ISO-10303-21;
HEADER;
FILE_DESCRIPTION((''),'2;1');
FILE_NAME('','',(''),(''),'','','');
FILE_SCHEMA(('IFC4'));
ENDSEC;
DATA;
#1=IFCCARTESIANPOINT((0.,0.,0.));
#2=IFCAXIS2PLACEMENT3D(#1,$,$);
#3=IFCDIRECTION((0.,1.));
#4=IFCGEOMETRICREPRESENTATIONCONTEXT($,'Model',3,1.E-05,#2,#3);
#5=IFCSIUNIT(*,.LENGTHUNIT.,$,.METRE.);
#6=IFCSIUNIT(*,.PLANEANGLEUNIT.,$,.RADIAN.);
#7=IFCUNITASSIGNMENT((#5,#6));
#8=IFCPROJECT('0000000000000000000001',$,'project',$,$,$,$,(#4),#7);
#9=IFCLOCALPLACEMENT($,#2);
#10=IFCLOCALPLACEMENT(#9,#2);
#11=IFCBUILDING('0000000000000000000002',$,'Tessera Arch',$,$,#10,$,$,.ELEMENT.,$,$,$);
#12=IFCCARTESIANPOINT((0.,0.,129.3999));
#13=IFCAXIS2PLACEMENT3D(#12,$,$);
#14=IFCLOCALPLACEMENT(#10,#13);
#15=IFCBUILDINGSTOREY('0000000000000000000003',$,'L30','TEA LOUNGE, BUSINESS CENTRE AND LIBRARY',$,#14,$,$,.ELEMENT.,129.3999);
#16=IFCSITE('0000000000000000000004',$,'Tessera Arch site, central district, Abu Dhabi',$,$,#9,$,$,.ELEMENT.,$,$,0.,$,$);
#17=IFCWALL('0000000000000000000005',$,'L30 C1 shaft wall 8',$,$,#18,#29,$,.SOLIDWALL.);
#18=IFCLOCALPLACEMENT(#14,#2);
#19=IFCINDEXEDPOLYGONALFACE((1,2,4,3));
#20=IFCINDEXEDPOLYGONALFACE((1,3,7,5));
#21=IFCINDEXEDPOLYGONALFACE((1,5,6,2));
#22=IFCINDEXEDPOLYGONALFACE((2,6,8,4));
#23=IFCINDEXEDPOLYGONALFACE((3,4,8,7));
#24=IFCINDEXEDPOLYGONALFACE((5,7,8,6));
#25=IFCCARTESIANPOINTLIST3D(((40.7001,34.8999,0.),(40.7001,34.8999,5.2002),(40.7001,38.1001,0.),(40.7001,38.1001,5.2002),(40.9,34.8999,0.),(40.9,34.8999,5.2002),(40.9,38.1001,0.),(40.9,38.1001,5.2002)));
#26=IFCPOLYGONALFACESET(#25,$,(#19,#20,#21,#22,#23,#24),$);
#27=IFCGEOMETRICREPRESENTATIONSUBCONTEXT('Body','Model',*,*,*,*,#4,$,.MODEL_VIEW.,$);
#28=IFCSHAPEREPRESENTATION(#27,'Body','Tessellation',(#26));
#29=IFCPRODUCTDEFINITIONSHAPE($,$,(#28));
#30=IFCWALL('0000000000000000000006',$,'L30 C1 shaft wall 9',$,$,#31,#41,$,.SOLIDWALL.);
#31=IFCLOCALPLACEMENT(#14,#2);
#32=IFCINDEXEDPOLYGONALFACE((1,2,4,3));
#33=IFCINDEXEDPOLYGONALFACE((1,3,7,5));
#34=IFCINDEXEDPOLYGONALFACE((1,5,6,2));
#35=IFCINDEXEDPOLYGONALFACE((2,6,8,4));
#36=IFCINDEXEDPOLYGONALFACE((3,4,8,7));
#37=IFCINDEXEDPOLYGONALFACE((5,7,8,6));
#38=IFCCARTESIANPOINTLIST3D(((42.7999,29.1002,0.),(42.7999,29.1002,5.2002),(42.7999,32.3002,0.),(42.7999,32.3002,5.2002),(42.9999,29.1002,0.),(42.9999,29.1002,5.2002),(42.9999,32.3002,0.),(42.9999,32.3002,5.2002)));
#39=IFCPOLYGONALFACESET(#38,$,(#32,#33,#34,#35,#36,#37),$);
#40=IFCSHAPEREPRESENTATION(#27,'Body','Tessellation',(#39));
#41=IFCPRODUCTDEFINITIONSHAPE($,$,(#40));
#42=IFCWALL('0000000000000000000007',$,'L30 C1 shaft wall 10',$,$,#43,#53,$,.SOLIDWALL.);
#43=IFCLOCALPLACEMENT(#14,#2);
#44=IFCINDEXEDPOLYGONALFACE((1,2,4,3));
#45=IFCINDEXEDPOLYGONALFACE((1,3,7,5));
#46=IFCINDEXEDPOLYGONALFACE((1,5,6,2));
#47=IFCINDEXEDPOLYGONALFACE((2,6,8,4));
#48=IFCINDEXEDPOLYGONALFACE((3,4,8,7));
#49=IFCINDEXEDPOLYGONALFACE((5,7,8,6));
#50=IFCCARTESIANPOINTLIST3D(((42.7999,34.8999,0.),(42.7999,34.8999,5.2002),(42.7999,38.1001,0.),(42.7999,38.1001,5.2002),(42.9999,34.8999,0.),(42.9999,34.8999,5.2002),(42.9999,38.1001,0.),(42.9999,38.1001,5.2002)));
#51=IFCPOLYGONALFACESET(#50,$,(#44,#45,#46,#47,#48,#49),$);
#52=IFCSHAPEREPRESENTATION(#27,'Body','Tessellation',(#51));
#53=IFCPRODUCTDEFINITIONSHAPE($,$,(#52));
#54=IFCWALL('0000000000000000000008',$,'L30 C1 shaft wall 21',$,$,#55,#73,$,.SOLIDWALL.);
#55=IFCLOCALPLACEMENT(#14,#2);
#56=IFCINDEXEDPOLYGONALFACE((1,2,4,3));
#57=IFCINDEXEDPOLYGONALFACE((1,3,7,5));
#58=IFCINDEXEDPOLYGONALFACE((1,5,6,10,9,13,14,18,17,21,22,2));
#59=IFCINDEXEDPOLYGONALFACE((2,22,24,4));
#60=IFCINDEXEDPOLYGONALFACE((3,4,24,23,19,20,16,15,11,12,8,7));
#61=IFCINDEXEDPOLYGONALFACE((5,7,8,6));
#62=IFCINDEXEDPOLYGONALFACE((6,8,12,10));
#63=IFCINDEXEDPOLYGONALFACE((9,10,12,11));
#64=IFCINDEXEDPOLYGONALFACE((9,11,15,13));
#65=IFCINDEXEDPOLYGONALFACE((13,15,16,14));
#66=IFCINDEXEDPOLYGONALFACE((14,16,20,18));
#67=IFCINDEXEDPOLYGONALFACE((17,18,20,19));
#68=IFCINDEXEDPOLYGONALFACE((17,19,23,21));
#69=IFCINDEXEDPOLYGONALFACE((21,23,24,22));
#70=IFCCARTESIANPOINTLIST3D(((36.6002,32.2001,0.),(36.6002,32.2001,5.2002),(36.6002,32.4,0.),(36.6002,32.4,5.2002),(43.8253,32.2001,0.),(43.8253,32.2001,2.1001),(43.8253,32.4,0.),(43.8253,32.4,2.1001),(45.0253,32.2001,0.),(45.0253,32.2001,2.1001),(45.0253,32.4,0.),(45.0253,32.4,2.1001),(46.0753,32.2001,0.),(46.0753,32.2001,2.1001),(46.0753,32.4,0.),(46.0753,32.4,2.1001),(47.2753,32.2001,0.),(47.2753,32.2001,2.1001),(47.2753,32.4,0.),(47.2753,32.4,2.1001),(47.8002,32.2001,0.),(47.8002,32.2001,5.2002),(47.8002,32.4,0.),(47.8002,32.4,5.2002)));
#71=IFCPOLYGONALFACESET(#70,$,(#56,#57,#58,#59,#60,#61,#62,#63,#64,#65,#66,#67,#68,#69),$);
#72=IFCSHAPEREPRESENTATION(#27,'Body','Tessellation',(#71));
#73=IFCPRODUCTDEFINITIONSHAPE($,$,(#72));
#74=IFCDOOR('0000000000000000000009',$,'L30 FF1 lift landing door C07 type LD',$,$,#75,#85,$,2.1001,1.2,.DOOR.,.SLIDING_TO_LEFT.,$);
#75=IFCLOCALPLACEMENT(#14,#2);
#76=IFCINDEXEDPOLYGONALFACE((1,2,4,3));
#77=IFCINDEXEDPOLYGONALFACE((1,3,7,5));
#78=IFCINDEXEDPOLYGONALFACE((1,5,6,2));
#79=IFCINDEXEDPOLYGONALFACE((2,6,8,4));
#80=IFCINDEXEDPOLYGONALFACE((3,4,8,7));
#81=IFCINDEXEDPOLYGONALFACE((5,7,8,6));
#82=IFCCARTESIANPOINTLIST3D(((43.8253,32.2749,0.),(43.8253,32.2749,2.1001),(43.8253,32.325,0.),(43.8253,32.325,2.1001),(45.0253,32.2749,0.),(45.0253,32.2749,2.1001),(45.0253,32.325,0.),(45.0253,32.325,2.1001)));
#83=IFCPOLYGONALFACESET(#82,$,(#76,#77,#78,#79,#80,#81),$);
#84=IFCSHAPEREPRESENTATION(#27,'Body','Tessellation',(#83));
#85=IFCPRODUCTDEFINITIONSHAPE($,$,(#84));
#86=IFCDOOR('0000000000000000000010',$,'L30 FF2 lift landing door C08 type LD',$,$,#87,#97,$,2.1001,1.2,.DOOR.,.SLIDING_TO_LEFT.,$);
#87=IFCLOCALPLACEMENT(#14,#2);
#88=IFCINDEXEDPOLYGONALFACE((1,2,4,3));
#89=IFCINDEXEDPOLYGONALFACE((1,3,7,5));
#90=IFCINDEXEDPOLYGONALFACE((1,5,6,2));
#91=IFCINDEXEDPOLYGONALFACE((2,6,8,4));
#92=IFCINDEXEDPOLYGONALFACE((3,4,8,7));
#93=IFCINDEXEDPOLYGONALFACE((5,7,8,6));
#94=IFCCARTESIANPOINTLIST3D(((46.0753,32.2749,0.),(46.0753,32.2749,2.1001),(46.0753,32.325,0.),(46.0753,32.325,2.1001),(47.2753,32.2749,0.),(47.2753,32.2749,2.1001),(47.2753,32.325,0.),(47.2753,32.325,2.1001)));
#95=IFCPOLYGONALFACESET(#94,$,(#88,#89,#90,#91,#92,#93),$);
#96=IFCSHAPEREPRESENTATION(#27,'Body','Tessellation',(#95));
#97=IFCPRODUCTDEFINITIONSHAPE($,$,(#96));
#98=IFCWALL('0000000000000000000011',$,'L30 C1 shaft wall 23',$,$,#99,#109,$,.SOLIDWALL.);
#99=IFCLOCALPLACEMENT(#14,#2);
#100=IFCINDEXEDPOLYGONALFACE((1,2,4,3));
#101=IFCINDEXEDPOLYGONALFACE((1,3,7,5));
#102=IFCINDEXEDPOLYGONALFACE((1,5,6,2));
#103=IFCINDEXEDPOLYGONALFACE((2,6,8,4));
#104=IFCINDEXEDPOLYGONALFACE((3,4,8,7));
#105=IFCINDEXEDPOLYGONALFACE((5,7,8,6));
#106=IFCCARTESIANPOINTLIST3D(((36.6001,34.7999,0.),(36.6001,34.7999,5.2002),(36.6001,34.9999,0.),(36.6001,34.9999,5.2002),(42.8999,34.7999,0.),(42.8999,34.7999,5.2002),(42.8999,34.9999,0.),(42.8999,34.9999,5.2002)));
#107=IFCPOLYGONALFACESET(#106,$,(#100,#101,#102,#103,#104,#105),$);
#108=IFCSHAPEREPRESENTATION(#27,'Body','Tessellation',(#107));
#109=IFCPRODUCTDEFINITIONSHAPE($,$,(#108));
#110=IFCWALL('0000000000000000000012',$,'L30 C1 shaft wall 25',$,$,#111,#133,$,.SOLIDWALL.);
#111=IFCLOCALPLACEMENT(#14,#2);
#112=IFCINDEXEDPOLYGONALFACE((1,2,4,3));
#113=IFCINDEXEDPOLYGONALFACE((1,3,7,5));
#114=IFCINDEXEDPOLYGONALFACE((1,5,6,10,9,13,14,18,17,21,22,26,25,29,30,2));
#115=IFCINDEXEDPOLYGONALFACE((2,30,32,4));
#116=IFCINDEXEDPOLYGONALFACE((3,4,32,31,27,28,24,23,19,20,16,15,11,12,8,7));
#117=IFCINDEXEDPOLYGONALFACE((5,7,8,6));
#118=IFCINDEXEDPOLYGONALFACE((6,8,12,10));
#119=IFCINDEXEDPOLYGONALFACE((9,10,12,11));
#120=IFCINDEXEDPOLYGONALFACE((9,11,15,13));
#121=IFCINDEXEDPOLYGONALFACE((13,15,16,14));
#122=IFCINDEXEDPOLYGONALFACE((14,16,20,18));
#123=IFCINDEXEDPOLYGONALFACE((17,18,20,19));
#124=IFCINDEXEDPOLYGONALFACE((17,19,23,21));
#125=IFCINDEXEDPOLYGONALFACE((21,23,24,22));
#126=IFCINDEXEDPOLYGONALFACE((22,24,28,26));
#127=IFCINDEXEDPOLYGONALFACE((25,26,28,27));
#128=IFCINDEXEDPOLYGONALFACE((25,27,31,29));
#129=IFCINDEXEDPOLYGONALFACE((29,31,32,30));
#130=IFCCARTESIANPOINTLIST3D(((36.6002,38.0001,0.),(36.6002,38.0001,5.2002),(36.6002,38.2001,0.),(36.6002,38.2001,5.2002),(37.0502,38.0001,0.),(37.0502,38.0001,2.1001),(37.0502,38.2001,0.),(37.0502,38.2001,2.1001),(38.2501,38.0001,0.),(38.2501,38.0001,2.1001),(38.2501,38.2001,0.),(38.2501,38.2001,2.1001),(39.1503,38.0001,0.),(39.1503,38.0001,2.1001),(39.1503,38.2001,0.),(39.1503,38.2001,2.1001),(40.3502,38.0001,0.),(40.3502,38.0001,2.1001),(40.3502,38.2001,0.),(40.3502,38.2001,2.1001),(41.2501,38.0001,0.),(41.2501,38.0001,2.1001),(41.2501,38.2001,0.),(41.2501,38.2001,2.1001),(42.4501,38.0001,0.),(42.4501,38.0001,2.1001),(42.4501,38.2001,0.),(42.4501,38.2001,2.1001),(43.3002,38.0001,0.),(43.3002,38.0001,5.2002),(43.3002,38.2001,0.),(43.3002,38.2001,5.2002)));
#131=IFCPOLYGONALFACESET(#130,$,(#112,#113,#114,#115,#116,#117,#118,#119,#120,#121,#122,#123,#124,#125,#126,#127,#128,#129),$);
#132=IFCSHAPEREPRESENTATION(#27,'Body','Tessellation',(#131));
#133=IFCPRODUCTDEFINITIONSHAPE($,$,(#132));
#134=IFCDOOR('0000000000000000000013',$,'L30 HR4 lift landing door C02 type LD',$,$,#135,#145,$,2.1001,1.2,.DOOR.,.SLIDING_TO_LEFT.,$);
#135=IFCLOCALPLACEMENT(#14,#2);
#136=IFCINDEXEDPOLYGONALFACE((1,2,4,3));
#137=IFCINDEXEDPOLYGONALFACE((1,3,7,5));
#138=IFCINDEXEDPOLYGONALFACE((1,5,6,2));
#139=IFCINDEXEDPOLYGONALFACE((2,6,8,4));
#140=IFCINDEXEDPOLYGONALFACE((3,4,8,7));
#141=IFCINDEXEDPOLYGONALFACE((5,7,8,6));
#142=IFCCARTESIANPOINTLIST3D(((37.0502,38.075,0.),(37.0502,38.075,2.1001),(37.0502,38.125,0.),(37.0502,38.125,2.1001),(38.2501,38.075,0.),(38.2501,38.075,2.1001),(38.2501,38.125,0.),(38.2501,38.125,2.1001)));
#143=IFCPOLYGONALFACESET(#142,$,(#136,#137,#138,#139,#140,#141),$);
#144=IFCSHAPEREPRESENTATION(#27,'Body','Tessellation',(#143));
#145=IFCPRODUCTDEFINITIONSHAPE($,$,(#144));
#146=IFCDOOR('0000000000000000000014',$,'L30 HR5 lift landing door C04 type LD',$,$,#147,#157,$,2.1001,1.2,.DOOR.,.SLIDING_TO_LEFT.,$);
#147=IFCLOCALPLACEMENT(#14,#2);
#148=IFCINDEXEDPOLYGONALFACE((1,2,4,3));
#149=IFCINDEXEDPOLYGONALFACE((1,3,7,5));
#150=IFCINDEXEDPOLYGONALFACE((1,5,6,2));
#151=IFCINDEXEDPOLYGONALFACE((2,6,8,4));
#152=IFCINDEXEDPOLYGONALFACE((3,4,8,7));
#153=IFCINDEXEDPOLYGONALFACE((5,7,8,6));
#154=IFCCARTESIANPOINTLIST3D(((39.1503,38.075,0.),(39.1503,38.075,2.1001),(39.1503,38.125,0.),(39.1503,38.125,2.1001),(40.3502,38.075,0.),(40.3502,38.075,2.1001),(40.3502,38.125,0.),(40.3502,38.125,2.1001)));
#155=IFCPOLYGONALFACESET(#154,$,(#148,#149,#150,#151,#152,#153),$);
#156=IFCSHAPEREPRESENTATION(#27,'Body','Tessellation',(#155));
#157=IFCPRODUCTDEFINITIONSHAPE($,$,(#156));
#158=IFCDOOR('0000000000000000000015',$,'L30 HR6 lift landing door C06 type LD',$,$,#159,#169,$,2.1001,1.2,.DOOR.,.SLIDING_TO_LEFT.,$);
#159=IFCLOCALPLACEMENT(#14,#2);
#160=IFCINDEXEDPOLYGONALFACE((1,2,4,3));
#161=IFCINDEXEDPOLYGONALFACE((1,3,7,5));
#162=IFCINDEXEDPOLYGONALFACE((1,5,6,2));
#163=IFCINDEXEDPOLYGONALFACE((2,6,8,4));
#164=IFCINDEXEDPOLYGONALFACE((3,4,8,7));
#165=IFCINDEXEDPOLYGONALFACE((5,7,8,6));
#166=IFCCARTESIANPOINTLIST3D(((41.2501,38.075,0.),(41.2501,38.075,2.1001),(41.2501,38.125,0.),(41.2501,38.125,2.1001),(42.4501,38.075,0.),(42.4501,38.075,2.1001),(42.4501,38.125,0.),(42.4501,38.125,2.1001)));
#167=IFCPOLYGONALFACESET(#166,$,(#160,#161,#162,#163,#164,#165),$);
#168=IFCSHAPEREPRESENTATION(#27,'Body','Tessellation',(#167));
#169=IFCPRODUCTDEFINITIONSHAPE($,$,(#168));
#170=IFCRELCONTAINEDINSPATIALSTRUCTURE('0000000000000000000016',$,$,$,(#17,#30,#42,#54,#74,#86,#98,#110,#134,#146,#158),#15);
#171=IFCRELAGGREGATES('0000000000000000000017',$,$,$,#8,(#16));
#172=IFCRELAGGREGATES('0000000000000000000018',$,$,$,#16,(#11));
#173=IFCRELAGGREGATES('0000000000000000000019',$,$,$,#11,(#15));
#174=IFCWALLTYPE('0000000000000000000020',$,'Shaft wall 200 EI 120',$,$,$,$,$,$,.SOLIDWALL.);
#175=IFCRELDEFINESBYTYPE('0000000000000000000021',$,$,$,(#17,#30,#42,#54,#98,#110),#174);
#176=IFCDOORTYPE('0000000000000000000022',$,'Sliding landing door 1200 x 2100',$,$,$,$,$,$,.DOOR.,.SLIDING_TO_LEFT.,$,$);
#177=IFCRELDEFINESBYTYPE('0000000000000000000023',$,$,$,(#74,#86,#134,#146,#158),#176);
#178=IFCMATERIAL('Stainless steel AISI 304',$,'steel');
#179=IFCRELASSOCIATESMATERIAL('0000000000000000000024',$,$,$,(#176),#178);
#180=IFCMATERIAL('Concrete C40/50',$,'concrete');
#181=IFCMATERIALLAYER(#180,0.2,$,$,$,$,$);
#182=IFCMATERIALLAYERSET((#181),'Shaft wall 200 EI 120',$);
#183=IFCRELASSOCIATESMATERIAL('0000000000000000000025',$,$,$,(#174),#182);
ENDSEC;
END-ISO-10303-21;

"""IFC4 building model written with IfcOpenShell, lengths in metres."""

from ifc_helpers import new_model, si_unit, direction, frame, frame_2d, origin, place, context, subcontext, project, spatial, rectangle, extrude, material, layer, layer_set, type_object, element, fill, save


model = new_model("IFC4")

# Units and contexts
model_context = context("Model", 3, precision=1e-05, world=origin(), true_north=direction((0.0, 1.0)))
body_context = subcontext(model_context, "Body", "Model", "MODEL_VIEW")
ifc_project = project(units=[si_unit("LENGTHUNIT", "METRE"), si_unit("PLANEANGLEUNIT", "RADIAN")], contexts=[model_context])

# Site, building, storey
site_placement = place(None, origin())
site = spatial("IfcSite", under=ifc_project, at=site_placement, Name="Tessera Arch site, central district, Abu Dhabi", CompositionType="ELEMENT", RefElevation=0.0)
building_placement = place(site_placement, origin())
building = spatial("IfcBuilding", under=site, at=building_placement, Name="Tessera Arch", CompositionType="ELEMENT")
storey_placement = place(building_placement, frame((0.0, 0.0, 129.3999)))
storey = spatial("IfcBuildingStorey", under=building, at=storey_placement, Name="L30", Description="TEA LOUNGE, BUSINESS CENTRE AND LIBRARY", CompositionType="ELEMENT", Elevation=129.3999)

# Shared definitions
ifc_material_1 = material(Name="Stainless steel AISI 304", Category="steel")
door_type_1 = type_object("IfcDoorType", Name="Sliding landing door 1200 x 2100", OperationType="SLIDING_TO_LEFT", PredefinedType="DOOR", material=ifc_material_1)

# Walls
ifc_material_2 = material(Name="Concrete C40/50", Category="concrete")
ifc_layer_1 = layer(ifc_material_2, 0.2)
ifc_layer_set_1 = layer_set([ifc_layer_1], Name="Shaft wall 200 EI 120")
wall_type_1 = type_object("IfcWallType", Name="Shaft wall 200 EI 120", PredefinedType="SOLIDWALL", material=ifc_layer_set_1)
wall_1_placement = place(storey_placement, frame((40.8, 34.8999, 0.0), z_axis=(0.0, 0.0, 1.0), x_axis=(0.0, 1.0, 0.0)))
element("IfcWall", 1, at=wall_1_placement, inside=storey, type_object=wall_type_1, Name="L30 C1 shaft wall 8", PredefinedType="SOLIDWALL", context=body_context, shape_type="SweptSolid", body=[
    extrude(rectangle(XDim=3.2002, YDim=0.2, at=frame_2d((1.6001, 0.0))), origin(), (0.0, 0.0, 1.0), 5.2002),
])
wall_2_placement = place(storey_placement, frame((42.8999, 29.1001, 0.0), z_axis=(0.0, 0.0, 1.0), x_axis=(0.0, 1.0, 0.0)))
element("IfcWall", 2, at=wall_2_placement, inside=storey, type_object=wall_type_1, Name="L30 C1 shaft wall 9", PredefinedType="SOLIDWALL", context=body_context, shape_type="SweptSolid", body=[
    extrude(rectangle(XDim=3.2, YDim=0.2, at=frame_2d((1.6001, 0.0))), origin(), (0.0, 0.0, 1.0), 5.2002),
])
wall_3_placement = place(storey_placement, frame((42.8999, 34.8999, 0.0), z_axis=(0.0, 0.0, 1.0), x_axis=(0.0, 1.0, 0.0)))
element("IfcWall", 3, at=wall_3_placement, inside=storey, type_object=wall_type_1, Name="L30 C1 shaft wall 10", PredefinedType="SOLIDWALL", context=body_context, shape_type="SweptSolid", body=[
    extrude(rectangle(XDim=3.2002, YDim=0.2, at=frame_2d((1.6001, 0.0))), origin(), (0.0, 0.0, 1.0), 5.2002),
])

# Wall, openings, doors
wall_4_placement = place(storey_placement, frame((36.6001, 32.3, 0.0), z_axis=(0.0, 0.0, 1.0), x_axis=(1.0, 0.0, 0.0)))
wall_4 = element("IfcWall", 4, at=wall_4_placement, inside=storey, type_object=wall_type_1, Name="L30 C1 shaft wall 21", PredefinedType="SOLIDWALL", context=body_context, shape_type="SweptSolid", body=[
    extrude(rectangle(XDim=11.2, YDim=0.2, at=frame_2d((5.6001, 0.0))), origin(), (0.0, 0.0, 1.0), 5.2002),
])
opening_1_placement = place(wall_4_placement, frame((7.2251, 0.0, 0.0)))
opening_1 = element("IfcOpeningElement", 5, at=opening_1_placement, cuts=wall_4, PredefinedType="OPENING", context=body_context, shape_type="SweptSolid", body=[
    extrude(rectangle(XDim=1.2, YDim=2.1001, at=frame_2d((0.6001, 1.05))), frame((0.0, 0.1099, 0.0), z_axis=(0.0, -1.0, 0.0), x_axis=(1.0, 0.0, 0.0)), (0.0, 0.0, 1.0), 0.22),
])
opening_2_placement = place(wall_4_placement, frame((9.4751, 0.0, 0.0)))
opening_2 = element("IfcOpeningElement", 6, at=opening_2_placement, cuts=wall_4, PredefinedType="OPENING", context=body_context, shape_type="SweptSolid", body=[
    extrude(rectangle(XDim=1.2, YDim=2.1001, at=frame_2d((0.6001, 1.05))), frame((0.0, 0.1099, 0.0), z_axis=(0.0, -1.0, 0.0), x_axis=(1.0, 0.0, 0.0)), (0.0, 0.0, 1.0), 0.22),
])
door_1_placement = place(opening_1_placement, origin())
door_1 = element("IfcDoor", 7, at=door_1_placement, inside=storey, type_object=door_type_1, Name="L30 FF1 lift landing door C07 type LD", OperationType="SLIDING_TO_LEFT", OverallHeight=2.1001, OverallWidth=1.2, PredefinedType="DOOR", context=body_context, shape_type="SweptSolid", body=[
    extrude(rectangle(XDim=1.2, YDim=2.1001, at=frame_2d((0.6001, 1.05))), frame((0.0, 0.0249, 0.0), z_axis=(0.0, -1.0, 0.0), x_axis=(1.0, 0.0, 0.0)), (0.0, 0.0, 1.0), 0.05),
])
fill(opening_1, door_1)
door_2_placement = place(opening_2_placement, origin())
door_2 = element("IfcDoor", 8, at=door_2_placement, inside=storey, type_object=door_type_1, Name="L30 FF2 lift landing door C08 type LD", OperationType="SLIDING_TO_LEFT", OverallHeight=2.1001, OverallWidth=1.2, PredefinedType="DOOR", context=body_context, shape_type="SweptSolid", body=[
    extrude(rectangle(XDim=1.2, YDim=2.1001, at=frame_2d((0.6001, 1.05))), frame((0.0, 0.0249, 0.0), z_axis=(0.0, -1.0, 0.0), x_axis=(1.0, 0.0, 0.0)), (0.0, 0.0, 1.0), 0.05),
])
fill(opening_2, door_2)

# Wall
wall_5_placement = place(storey_placement, frame((36.6001, 34.8999, 0.0), z_axis=(0.0, 0.0, 1.0), x_axis=(1.0, 0.0, 0.0)))
element("IfcWall", 9, at=wall_5_placement, inside=storey, type_object=wall_type_1, Name="L30 C1 shaft wall 23", PredefinedType="SOLIDWALL", context=body_context, shape_type="SweptSolid", body=[
    extrude(rectangle(XDim=6.2998, YDim=0.2, at=frame_2d((3.1499, 0.0))), origin(), (0.0, 0.0, 1.0), 5.2002),
])

# Wall, openings, doors
wall_6_placement = place(storey_placement, frame((36.6001, 38.1001, 0.0), z_axis=(0.0, 0.0, 1.0), x_axis=(1.0, 0.0, 0.0)))
wall_6 = element("IfcWall", 10, at=wall_6_placement, inside=storey, type_object=wall_type_1, Name="L30 C1 shaft wall 25", PredefinedType="SOLIDWALL", context=body_context, shape_type="SweptSolid", body=[
    extrude(rectangle(XDim=6.7, YDim=0.2, at=frame_2d((3.3501, 0.0))), origin(), (0.0, 0.0, 1.0), 5.2002),
])
opening_3_placement = place(wall_6_placement, frame((0.45, 0.0, 0.0)))
opening_3 = element("IfcOpeningElement", 11, at=opening_3_placement, cuts=wall_6, PredefinedType="OPENING", context=body_context, shape_type="SweptSolid", body=[
    extrude(rectangle(XDim=1.2, YDim=2.1001, at=frame_2d((0.6001, 1.05))), frame((0.0, 0.1099, 0.0), z_axis=(0.0, -1.0, 0.0), x_axis=(1.0, 0.0, 0.0)), (0.0, 0.0, 1.0), 0.22),
])
opening_4_placement = place(wall_6_placement, frame((2.55, 0.0, 0.0)))
opening_4 = element("IfcOpeningElement", 12, at=opening_4_placement, cuts=wall_6, PredefinedType="OPENING", context=body_context, shape_type="SweptSolid", body=[
    extrude(rectangle(XDim=1.2, YDim=2.1001, at=frame_2d((0.6001, 1.05))), frame((0.0, 0.1099, 0.0), z_axis=(0.0, -1.0, 0.0), x_axis=(1.0, 0.0, 0.0)), (0.0, 0.0, 1.0), 0.22),
])
opening_5_placement = place(wall_6_placement, frame((4.6499, 0.0, 0.0)))
opening_5 = element("IfcOpeningElement", 13, at=opening_5_placement, cuts=wall_6, PredefinedType="OPENING", context=body_context, shape_type="SweptSolid", body=[
    extrude(rectangle(XDim=1.2, YDim=2.1001, at=frame_2d((0.6001, 1.05))), frame((0.0, 0.1099, 0.0), z_axis=(0.0, -1.0, 0.0), x_axis=(1.0, 0.0, 0.0)), (0.0, 0.0, 1.0), 0.22),
])
door_3_placement = place(opening_3_placement, origin())
door_3 = element("IfcDoor", 14, at=door_3_placement, inside=storey, type_object=door_type_1, Name="L30 HR4 lift landing door C02 type LD", OperationType="SLIDING_TO_LEFT", OverallHeight=2.1001, OverallWidth=1.2, PredefinedType="DOOR", context=body_context, shape_type="SweptSolid", body=[
    extrude(rectangle(XDim=1.2, YDim=2.1001, at=frame_2d((0.6001, 1.05))), frame((0.0, 0.0249, 0.0), z_axis=(0.0, -1.0, 0.0), x_axis=(1.0, 0.0, 0.0)), (0.0, 0.0, 1.0), 0.05),
])
fill(opening_3, door_3)
door_4_placement = place(opening_4_placement, origin())
door_4 = element("IfcDoor", 15, at=door_4_placement, inside=storey, type_object=door_type_1, Name="L30 HR5 lift landing door C04 type LD", OperationType="SLIDING_TO_LEFT", OverallHeight=2.1001, OverallWidth=1.2, PredefinedType="DOOR", context=body_context, shape_type="SweptSolid", body=[
    extrude(rectangle(XDim=1.2, YDim=2.1001, at=frame_2d((0.6001, 1.05))), frame((0.0, 0.0249, 0.0), z_axis=(0.0, -1.0, 0.0), x_axis=(1.0, 0.0, 0.0)), (0.0, 0.0, 1.0), 0.05),
])
fill(opening_4, door_4)
door_5_placement = place(opening_5_placement, origin())
door_5 = element("IfcDoor", 16, at=door_5_placement, inside=storey, type_object=door_type_1, Name="L30 HR6 lift landing door C06 type LD", OperationType="SLIDING_TO_LEFT", OverallHeight=2.1001, OverallWidth=1.2, PredefinedType="DOOR", context=body_context, shape_type="SweptSolid", body=[
    extrude(rectangle(XDim=1.2, YDim=2.1001, at=frame_2d((0.6001, 1.05))), frame((0.0, 0.0249, 0.0), z_axis=(0.0, -1.0, 0.0), x_axis=(1.0, 0.0, 0.0)), (0.0, 0.0, 1.0), 0.05),
])
fill(opening_5, door_5)

save(model, "model.ifc")
